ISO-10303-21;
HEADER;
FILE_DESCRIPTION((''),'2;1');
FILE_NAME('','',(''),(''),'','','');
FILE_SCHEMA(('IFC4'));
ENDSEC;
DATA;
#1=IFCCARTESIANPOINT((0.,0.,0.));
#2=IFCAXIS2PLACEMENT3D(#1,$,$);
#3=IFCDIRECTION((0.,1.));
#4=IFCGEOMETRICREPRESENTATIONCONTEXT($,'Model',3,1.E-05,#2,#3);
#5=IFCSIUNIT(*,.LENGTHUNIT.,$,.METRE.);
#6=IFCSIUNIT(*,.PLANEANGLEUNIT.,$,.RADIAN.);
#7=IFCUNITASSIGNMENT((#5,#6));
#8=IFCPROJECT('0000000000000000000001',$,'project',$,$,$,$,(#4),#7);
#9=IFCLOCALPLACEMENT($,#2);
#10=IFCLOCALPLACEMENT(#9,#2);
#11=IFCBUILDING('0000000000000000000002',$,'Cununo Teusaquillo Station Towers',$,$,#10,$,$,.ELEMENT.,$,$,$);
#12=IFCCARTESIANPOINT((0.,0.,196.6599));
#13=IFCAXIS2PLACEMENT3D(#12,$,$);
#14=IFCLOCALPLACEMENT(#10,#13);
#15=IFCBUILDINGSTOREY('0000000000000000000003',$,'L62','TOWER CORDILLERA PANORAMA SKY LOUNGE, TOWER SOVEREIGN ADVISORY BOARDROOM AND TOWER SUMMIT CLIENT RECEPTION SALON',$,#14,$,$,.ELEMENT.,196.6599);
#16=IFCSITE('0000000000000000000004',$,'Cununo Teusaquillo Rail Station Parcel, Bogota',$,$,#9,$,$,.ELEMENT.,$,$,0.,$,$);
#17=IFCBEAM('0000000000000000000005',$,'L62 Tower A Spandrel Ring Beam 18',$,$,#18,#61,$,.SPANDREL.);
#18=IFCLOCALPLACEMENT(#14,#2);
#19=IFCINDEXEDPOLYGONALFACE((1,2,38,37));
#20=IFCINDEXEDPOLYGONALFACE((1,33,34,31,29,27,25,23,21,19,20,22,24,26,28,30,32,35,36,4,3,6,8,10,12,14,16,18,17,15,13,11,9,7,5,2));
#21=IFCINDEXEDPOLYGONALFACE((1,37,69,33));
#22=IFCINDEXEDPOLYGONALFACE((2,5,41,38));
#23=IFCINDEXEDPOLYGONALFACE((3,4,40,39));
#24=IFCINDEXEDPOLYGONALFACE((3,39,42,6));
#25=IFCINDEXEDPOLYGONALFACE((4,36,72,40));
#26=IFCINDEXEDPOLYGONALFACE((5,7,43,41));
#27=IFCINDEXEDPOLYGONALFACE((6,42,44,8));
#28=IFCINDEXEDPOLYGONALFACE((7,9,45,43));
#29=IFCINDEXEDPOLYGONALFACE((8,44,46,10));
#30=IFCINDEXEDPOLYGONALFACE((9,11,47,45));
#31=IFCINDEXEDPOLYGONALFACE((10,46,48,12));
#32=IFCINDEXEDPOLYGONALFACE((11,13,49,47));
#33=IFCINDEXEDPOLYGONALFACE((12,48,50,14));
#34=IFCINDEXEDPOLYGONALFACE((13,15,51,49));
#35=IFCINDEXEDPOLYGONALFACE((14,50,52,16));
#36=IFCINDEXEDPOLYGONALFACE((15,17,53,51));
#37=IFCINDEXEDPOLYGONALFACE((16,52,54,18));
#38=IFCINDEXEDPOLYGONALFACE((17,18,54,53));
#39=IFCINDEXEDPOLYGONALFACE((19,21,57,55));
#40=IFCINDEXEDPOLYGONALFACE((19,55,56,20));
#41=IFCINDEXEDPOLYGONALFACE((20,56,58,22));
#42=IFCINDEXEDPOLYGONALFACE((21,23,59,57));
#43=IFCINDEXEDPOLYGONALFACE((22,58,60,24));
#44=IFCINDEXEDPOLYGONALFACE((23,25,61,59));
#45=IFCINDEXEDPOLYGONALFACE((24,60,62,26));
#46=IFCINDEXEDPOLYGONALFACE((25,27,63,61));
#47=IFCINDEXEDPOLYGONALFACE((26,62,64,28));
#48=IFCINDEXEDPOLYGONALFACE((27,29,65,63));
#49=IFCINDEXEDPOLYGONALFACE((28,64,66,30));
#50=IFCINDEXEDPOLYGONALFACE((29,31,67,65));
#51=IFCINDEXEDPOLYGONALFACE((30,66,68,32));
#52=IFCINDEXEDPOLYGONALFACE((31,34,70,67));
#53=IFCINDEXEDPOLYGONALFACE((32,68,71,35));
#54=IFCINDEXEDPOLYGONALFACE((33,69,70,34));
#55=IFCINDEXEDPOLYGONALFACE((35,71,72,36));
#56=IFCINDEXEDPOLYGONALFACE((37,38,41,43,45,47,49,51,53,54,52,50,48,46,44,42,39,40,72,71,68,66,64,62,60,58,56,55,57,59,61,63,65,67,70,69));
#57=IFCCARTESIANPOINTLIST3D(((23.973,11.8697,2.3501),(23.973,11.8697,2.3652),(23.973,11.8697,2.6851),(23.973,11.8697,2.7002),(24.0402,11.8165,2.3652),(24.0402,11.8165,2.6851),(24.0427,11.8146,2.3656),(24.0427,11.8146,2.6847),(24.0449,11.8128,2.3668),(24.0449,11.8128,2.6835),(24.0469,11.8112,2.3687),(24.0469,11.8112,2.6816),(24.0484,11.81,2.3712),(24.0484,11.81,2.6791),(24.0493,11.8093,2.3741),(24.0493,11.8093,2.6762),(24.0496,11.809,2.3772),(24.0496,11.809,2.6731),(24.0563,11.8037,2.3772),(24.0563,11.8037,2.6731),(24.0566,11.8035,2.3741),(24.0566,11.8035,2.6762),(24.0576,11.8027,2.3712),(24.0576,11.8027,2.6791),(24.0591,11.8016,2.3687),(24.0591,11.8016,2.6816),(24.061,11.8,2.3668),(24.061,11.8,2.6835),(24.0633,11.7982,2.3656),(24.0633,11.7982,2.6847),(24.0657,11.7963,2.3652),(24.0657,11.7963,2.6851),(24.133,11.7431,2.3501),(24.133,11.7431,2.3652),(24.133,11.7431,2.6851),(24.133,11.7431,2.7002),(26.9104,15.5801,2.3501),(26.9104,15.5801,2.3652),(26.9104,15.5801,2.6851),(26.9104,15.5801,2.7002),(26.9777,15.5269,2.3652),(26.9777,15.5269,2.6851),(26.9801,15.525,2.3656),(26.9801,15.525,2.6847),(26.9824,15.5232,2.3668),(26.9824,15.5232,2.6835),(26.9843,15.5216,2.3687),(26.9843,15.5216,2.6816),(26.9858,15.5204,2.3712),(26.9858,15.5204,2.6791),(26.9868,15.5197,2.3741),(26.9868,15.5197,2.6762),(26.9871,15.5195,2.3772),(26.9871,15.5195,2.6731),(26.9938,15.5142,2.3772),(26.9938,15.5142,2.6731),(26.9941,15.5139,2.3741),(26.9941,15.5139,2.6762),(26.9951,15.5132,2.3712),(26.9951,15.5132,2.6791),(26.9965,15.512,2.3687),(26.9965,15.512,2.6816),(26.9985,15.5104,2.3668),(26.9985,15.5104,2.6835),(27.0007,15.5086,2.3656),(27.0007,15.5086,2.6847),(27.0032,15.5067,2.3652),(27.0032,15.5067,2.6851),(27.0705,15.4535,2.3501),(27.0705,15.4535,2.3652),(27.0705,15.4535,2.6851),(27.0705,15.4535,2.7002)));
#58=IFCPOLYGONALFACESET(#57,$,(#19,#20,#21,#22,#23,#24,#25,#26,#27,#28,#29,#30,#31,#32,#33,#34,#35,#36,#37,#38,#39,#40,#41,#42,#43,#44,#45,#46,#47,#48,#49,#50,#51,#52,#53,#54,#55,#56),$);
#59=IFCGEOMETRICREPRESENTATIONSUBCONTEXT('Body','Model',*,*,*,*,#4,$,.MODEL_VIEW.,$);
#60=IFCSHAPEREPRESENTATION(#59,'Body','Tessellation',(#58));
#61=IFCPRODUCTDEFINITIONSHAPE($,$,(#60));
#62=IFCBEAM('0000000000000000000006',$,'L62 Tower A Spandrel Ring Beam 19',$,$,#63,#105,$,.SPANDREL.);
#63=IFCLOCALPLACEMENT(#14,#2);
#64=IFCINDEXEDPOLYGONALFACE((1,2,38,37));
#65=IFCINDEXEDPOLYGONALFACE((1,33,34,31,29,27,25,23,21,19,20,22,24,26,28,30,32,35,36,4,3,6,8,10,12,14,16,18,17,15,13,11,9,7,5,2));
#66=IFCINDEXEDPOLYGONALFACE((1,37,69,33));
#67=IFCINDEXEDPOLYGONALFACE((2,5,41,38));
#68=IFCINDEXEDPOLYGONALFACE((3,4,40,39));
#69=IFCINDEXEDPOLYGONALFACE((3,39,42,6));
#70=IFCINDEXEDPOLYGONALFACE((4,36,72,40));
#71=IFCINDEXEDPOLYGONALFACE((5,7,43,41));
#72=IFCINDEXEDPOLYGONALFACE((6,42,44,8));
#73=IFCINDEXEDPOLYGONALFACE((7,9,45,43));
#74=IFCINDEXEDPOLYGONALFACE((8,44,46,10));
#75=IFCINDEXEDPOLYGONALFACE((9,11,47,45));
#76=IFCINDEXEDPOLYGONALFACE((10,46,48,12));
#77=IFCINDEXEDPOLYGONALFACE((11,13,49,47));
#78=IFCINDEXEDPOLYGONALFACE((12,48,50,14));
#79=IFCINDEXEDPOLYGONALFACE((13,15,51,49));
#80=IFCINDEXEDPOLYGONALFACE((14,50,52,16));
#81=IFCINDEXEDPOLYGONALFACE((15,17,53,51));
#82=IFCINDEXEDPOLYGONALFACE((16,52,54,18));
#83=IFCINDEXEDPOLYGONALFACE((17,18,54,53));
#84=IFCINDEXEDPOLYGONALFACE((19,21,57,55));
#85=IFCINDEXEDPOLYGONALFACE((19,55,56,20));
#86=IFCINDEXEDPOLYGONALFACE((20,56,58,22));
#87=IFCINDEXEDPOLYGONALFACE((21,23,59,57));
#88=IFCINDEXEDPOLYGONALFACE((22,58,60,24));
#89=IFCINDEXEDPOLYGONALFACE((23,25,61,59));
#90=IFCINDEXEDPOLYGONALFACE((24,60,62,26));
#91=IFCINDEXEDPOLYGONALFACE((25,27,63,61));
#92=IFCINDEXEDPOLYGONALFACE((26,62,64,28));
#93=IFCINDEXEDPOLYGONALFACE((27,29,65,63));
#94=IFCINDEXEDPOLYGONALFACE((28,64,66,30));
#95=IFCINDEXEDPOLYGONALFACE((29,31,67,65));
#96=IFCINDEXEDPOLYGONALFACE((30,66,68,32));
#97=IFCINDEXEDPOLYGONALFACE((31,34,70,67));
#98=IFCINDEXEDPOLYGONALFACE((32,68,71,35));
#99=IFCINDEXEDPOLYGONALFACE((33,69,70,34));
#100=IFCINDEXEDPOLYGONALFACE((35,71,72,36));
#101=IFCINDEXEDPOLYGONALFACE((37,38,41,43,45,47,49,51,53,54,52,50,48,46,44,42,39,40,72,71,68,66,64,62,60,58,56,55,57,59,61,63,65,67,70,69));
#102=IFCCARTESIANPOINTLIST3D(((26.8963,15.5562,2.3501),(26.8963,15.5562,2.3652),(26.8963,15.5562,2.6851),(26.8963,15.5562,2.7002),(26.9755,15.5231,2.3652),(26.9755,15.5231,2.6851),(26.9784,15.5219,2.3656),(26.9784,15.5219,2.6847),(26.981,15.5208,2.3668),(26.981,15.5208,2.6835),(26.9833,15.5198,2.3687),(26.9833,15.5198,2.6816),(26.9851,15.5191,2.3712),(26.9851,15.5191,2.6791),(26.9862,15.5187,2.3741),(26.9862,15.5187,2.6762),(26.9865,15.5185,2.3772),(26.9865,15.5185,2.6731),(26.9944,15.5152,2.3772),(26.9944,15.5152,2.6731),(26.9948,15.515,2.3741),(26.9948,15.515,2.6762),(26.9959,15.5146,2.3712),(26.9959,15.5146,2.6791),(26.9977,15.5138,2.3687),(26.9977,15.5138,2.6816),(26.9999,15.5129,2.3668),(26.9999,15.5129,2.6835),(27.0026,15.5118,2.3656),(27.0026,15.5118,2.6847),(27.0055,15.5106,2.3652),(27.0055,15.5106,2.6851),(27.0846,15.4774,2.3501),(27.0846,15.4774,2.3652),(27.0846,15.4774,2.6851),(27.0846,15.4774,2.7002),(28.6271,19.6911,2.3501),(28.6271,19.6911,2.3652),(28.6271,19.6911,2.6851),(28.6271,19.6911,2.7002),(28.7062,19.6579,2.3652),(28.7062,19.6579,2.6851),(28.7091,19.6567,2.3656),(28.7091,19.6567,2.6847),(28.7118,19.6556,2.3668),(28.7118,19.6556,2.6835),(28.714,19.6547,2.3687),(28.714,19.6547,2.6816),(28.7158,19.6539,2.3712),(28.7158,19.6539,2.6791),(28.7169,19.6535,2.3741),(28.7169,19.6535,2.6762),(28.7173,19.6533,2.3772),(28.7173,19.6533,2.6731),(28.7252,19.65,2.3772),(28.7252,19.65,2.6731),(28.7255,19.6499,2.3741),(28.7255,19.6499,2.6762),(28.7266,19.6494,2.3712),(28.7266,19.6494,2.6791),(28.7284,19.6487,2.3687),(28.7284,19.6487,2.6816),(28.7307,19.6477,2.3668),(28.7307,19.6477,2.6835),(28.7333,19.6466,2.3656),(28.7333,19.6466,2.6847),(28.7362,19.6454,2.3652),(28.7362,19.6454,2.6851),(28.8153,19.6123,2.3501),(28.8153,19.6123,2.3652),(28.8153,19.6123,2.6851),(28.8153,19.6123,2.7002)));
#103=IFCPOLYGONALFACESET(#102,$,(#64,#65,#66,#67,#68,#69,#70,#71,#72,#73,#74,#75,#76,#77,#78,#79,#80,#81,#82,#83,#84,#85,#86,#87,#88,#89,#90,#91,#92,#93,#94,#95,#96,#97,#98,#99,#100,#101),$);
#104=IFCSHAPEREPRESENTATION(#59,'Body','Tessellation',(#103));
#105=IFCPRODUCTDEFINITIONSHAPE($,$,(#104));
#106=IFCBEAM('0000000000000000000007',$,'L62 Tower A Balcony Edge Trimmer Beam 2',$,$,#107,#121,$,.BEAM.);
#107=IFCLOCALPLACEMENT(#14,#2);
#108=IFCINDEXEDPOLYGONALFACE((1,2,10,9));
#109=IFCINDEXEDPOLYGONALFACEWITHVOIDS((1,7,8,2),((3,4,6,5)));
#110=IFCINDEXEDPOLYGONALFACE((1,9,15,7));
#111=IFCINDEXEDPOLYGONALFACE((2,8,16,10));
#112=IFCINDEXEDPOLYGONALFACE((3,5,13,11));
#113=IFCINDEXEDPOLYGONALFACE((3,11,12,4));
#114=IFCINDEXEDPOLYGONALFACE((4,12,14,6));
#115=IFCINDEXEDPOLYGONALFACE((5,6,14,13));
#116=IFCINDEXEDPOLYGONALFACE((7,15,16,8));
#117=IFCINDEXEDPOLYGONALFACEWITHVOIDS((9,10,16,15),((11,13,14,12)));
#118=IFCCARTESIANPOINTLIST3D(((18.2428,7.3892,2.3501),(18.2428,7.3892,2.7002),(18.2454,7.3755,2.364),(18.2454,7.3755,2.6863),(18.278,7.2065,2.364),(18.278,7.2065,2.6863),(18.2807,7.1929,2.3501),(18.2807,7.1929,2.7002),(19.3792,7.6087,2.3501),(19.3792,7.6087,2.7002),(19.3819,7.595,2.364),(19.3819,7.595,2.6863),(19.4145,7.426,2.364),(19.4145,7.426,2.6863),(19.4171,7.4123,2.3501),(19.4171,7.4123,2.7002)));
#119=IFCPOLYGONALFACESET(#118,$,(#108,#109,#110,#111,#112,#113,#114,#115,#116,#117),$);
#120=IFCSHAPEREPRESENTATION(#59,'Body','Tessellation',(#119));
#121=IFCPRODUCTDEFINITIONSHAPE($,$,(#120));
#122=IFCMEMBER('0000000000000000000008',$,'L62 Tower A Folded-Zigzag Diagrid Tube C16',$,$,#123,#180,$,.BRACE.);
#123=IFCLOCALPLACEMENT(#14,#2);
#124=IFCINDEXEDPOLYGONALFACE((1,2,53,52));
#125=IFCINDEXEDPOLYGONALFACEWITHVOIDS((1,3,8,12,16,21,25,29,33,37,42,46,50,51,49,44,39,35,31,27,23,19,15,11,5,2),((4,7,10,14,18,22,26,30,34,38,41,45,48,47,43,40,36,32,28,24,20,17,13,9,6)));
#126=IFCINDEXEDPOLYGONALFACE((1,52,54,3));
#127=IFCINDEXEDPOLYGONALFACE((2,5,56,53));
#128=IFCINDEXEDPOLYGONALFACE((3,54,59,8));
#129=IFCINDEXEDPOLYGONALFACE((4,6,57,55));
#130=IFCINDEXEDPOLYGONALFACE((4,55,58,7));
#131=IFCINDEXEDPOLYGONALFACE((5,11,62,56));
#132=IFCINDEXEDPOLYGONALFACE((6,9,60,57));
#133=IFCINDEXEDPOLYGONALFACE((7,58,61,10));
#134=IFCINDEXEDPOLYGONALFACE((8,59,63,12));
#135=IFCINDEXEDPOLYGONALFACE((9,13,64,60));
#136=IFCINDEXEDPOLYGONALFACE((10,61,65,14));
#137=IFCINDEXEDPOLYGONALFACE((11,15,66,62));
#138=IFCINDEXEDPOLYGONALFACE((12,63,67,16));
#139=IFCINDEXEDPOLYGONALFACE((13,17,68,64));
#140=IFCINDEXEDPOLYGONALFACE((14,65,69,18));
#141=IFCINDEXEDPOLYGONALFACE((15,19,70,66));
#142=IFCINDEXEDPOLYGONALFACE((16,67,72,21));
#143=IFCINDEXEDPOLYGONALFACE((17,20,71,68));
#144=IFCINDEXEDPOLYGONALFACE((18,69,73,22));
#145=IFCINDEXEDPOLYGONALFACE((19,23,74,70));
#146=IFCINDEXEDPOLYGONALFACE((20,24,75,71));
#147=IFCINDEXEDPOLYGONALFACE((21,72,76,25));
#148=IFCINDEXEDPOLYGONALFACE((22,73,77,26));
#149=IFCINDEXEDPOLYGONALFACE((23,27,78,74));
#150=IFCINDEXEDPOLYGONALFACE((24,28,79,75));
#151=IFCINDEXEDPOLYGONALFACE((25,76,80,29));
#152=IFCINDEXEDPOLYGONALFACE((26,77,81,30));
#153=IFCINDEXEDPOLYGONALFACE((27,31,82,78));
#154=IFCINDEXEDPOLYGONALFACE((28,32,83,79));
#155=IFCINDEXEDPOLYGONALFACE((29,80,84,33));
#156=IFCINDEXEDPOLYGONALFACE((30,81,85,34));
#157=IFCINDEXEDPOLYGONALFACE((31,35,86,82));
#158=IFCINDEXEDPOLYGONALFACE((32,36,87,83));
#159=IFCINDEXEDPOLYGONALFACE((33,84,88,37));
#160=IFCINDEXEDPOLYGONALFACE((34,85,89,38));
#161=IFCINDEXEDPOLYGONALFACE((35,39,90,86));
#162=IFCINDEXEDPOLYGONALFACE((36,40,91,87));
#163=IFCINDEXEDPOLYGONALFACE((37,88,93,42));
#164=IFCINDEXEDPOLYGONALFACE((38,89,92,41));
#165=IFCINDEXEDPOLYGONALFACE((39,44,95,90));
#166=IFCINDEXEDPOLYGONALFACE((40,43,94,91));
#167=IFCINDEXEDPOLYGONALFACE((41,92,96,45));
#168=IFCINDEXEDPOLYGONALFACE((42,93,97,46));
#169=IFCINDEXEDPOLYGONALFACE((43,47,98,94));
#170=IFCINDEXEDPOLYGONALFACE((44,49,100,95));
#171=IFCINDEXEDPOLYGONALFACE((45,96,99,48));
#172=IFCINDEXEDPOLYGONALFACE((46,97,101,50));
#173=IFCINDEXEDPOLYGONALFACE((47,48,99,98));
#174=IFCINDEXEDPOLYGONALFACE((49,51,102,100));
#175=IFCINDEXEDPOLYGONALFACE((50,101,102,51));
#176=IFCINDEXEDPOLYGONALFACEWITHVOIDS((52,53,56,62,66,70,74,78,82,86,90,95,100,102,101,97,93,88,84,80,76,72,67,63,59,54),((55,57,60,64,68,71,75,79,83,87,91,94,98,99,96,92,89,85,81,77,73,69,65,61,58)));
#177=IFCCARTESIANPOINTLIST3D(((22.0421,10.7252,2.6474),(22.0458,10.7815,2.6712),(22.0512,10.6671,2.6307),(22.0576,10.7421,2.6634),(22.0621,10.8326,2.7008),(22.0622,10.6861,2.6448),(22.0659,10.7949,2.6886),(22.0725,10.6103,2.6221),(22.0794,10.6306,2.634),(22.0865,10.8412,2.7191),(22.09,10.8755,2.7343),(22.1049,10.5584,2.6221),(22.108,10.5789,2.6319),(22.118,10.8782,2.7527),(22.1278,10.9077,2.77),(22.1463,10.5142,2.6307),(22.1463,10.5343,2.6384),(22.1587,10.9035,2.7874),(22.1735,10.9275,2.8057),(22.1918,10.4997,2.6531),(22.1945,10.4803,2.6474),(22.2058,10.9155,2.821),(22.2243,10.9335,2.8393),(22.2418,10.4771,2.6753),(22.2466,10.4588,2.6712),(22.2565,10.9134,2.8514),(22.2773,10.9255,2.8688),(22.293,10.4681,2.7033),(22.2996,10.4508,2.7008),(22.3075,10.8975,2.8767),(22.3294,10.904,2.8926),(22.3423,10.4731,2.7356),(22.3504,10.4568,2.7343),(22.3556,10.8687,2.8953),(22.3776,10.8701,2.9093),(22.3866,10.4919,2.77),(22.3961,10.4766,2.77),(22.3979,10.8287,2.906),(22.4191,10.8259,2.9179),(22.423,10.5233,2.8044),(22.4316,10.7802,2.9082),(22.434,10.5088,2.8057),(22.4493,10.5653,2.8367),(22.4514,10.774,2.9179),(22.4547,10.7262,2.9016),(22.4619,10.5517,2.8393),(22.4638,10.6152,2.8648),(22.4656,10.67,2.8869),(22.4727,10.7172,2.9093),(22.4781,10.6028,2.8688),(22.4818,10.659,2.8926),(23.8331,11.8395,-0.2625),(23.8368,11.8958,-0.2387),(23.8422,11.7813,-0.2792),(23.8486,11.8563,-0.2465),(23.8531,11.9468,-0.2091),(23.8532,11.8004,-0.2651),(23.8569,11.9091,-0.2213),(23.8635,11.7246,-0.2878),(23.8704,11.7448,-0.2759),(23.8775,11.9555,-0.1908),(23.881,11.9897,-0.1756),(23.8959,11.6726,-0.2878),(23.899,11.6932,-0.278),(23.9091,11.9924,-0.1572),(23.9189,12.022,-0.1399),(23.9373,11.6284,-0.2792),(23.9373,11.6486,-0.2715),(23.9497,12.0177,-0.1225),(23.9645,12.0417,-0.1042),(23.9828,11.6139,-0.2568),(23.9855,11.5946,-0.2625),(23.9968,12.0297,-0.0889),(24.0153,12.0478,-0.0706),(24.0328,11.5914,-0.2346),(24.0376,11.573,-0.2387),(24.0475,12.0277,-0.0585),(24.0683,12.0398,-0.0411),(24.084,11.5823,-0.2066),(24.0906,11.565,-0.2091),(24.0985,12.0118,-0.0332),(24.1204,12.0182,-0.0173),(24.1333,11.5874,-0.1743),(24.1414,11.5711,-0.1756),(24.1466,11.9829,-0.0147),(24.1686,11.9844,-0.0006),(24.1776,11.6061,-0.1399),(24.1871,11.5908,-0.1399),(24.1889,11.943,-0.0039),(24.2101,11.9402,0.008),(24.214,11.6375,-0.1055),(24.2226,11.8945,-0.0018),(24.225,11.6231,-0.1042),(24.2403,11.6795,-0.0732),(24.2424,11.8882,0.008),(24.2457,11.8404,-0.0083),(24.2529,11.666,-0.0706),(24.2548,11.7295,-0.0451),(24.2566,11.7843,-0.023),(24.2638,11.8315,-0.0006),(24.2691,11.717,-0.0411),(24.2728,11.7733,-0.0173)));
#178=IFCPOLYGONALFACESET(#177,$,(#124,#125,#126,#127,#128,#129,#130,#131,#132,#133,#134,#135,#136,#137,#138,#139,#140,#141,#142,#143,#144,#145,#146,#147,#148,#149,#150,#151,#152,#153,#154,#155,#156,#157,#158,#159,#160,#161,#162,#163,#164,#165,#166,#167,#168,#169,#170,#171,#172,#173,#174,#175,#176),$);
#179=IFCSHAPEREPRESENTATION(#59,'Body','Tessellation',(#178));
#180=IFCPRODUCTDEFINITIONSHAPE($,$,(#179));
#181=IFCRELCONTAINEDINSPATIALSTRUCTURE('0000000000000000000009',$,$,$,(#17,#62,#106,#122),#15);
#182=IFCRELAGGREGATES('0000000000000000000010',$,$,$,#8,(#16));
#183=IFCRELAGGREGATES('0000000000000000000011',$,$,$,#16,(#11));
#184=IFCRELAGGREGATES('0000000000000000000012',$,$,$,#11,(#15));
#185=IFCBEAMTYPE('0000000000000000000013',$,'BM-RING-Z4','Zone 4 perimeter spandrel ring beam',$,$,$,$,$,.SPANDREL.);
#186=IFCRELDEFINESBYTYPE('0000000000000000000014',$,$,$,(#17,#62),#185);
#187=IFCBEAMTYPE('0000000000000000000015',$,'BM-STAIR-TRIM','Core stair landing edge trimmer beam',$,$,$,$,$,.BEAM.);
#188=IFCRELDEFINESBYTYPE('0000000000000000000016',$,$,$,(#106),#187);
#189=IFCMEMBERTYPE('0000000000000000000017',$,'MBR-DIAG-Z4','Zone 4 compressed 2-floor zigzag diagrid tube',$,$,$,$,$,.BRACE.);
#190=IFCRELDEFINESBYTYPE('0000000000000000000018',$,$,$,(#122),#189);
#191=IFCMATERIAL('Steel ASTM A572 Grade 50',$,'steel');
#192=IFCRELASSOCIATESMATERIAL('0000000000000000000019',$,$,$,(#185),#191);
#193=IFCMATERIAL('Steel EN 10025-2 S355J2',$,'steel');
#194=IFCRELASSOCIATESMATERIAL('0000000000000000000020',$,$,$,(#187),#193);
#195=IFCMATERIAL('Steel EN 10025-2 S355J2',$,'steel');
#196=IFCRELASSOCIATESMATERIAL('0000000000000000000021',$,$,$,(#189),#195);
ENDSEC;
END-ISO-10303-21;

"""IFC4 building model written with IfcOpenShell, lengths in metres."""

from ifc_helpers import new_model, si_unit, direction, frame, origin, origin_2d, place, context, subcontext, project, spatial, hollow_rectangle, hollow_circle, i_section, extrude, material, material_profile, profile_set, type_object, element, save


model = new_model("IFC4")

# Units and contexts
model_context = context("Model", 3, precision=1e-05, world=origin(), true_north=direction((0.0, 1.0)))
body_context = subcontext(model_context, "Body", "Model", "MODEL_VIEW")
ifc_project = project(units=[si_unit("LENGTHUNIT", "METRE"), si_unit("PLANEANGLEUNIT", "RADIAN")], contexts=[model_context])

# Site, building, storey
site_placement = place(None, origin())
site = spatial("IfcSite", under=ifc_project, at=site_placement, Name="Cununo Teusaquillo Rail Station Parcel, Bogota", CompositionType="ELEMENT", RefElevation=0.0)
building_placement = place(site_placement, origin())
building = spatial("IfcBuilding", under=site, at=building_placement, Name="Cununo Teusaquillo Station Towers", CompositionType="ELEMENT")
storey_placement = place(building_placement, frame((0.0, 0.0, 196.6599)))
storey = spatial("IfcBuildingStorey", under=building, at=storey_placement, Name="L62", Description="TOWER CORDILLERA PANORAMA SKY LOUNGE, TOWER SOVEREIGN ADVISORY BOARDROOM AND TOWER SUMMIT CLIENT RECEPTION SALON", CompositionType="ELEMENT", Elevation=196.6599)

# Beams
ifc_material_1 = material(Name="Steel ASTM A572 Grade 50", Category="steel")
ifc_material_profile_1 = material_profile(ifc_material_1, i_section(OverallWidth=0.2041, OverallDepth=0.3501, WebThickness=0.0085, FlangeThickness=0.0151, FilletRadius=0.012, at=origin_2d()), Name="W14X48")
ifc_profile_set_1 = profile_set([ifc_material_profile_1], Name="Steel ASTM A572 Grade 50")
beam_type_1 = type_object("IfcBeamType", Name="BM-RING-Z4", Description="Zone 4 perimeter spandrel ring beam", PredefinedType="SPANDREL", material=ifc_profile_set_1)
beam_1_placement = place(storey_placement, frame((24.053, 11.8064, 2.5251), z_axis=(0.620711, 0.78404, 0.0), x_axis=(-0.78404, 0.620711, 0.0)))
element("IfcBeam", 1, at=beam_1_placement, inside=storey, type_object=beam_type_1, Name="L62 Tower A Spandrel Ring Beam 18", PredefinedType="SPANDREL", context=body_context, shape_type="SweptSolid", body=[
    extrude(i_section(OverallWidth=0.2041, OverallDepth=0.3501, WebThickness=0.0085, FlangeThickness=0.0151, FilletRadius=0.012, at=origin_2d()), origin(), (0.0, 0.0, 1.0), 4.7324),
])
beam_2_placement = place(storey_placement, frame((26.9905, 15.5168, 2.5251), z_axis=(0.386115, 0.92245, 0.0), x_axis=(-0.92245, 0.386115, 0.0)))
element("IfcBeam", 2, at=beam_2_placement, inside=storey, type_object=beam_type_1, Name="L62 Tower A Spandrel Ring Beam 19", PredefinedType="SPANDREL", context=body_context, shape_type="SweptSolid", body=[
    extrude(i_section(OverallWidth=0.2041, OverallDepth=0.3501, WebThickness=0.0085, FlangeThickness=0.0151, FilletRadius=0.012, at=origin_2d()), origin(), (0.0, 0.0, 1.0), 4.4824),
])
ifc_material_2 = material(Name="Steel EN 10025-2 S355J2", Category="steel")
ifc_material_profile_2 = material_profile(ifc_material_2, hollow_rectangle(XDim=0.2, YDim=0.3501, WallThickness=0.0139, at=origin_2d()), Name="RHS 350x200x14")
ifc_profile_set_2 = profile_set([ifc_material_profile_2], Name="Steel EN 10025-2 S355J2")
beam_type_2 = type_object("IfcBeamType", Name="BM-STAIR-TRIM", Description="Core stair landing edge trimmer beam", PredefinedType="BEAM", material=ifc_profile_set_2)
beam_3_placement = place(storey_placement, frame((18.2617, 7.291, 2.5251), z_axis=(0.981857, 0.189622, 0.0), x_axis=(-0.189622, 0.981857, 0.0)))
element("IfcBeam", 3, at=beam_3_placement, inside=storey, type_object=beam_type_2, Name="L62 Tower A Balcony Edge Trimmer Beam 2", PredefinedType="BEAM", context=body_context, shape_type="SweptSolid", body=[
    extrude(hollow_rectangle(XDim=0.2, YDim=0.3501, WallThickness=0.0139, at=origin_2d()), origin(), (0.0, 0.0, 1.0), 1.1575),
])

# Member
ifc_material_3 = material(Name="Steel EN 10025-2 S355J2", Category="steel")
ifc_material_profile_3 = material_profile(ifc_material_3, hollow_circle(Radius=0.2539, WallThickness=0.0181, at=origin_2d()), Name="CHS 508x18")
ifc_profile_set_3 = profile_set([ifc_material_profile_3], Name="Steel EN 10025-2 S355J2")
member_type = type_object("IfcMemberType", Name="MBR-DIAG-Z4", Description="Zone 4 compressed 2-floor zigzag diagrid tube", PredefinedType="BRACE", material=ifc_profile_set_3)
member_1_placement = place(storey_placement, frame((24.053, 11.8064, -0.1399), z_axis=(-0.498334, -0.310032, 0.809656), x_axis=(0.52825, -0.849089, 0.0)))
element("IfcMember", 4, at=member_1_placement, inside=storey, type_object=member_type, Name="L62 Tower A Folded-Zigzag Diagrid Tube C16", PredefinedType="BRACE", context=body_context, shape_type="SweptSolid", body=[
    extrude(hollow_circle(Radius=0.2539, WallThickness=0.0181, at=origin_2d()), origin(), (0.0, 0.0, 1.0), 3.594),
])

save(model, "model.ifc")
